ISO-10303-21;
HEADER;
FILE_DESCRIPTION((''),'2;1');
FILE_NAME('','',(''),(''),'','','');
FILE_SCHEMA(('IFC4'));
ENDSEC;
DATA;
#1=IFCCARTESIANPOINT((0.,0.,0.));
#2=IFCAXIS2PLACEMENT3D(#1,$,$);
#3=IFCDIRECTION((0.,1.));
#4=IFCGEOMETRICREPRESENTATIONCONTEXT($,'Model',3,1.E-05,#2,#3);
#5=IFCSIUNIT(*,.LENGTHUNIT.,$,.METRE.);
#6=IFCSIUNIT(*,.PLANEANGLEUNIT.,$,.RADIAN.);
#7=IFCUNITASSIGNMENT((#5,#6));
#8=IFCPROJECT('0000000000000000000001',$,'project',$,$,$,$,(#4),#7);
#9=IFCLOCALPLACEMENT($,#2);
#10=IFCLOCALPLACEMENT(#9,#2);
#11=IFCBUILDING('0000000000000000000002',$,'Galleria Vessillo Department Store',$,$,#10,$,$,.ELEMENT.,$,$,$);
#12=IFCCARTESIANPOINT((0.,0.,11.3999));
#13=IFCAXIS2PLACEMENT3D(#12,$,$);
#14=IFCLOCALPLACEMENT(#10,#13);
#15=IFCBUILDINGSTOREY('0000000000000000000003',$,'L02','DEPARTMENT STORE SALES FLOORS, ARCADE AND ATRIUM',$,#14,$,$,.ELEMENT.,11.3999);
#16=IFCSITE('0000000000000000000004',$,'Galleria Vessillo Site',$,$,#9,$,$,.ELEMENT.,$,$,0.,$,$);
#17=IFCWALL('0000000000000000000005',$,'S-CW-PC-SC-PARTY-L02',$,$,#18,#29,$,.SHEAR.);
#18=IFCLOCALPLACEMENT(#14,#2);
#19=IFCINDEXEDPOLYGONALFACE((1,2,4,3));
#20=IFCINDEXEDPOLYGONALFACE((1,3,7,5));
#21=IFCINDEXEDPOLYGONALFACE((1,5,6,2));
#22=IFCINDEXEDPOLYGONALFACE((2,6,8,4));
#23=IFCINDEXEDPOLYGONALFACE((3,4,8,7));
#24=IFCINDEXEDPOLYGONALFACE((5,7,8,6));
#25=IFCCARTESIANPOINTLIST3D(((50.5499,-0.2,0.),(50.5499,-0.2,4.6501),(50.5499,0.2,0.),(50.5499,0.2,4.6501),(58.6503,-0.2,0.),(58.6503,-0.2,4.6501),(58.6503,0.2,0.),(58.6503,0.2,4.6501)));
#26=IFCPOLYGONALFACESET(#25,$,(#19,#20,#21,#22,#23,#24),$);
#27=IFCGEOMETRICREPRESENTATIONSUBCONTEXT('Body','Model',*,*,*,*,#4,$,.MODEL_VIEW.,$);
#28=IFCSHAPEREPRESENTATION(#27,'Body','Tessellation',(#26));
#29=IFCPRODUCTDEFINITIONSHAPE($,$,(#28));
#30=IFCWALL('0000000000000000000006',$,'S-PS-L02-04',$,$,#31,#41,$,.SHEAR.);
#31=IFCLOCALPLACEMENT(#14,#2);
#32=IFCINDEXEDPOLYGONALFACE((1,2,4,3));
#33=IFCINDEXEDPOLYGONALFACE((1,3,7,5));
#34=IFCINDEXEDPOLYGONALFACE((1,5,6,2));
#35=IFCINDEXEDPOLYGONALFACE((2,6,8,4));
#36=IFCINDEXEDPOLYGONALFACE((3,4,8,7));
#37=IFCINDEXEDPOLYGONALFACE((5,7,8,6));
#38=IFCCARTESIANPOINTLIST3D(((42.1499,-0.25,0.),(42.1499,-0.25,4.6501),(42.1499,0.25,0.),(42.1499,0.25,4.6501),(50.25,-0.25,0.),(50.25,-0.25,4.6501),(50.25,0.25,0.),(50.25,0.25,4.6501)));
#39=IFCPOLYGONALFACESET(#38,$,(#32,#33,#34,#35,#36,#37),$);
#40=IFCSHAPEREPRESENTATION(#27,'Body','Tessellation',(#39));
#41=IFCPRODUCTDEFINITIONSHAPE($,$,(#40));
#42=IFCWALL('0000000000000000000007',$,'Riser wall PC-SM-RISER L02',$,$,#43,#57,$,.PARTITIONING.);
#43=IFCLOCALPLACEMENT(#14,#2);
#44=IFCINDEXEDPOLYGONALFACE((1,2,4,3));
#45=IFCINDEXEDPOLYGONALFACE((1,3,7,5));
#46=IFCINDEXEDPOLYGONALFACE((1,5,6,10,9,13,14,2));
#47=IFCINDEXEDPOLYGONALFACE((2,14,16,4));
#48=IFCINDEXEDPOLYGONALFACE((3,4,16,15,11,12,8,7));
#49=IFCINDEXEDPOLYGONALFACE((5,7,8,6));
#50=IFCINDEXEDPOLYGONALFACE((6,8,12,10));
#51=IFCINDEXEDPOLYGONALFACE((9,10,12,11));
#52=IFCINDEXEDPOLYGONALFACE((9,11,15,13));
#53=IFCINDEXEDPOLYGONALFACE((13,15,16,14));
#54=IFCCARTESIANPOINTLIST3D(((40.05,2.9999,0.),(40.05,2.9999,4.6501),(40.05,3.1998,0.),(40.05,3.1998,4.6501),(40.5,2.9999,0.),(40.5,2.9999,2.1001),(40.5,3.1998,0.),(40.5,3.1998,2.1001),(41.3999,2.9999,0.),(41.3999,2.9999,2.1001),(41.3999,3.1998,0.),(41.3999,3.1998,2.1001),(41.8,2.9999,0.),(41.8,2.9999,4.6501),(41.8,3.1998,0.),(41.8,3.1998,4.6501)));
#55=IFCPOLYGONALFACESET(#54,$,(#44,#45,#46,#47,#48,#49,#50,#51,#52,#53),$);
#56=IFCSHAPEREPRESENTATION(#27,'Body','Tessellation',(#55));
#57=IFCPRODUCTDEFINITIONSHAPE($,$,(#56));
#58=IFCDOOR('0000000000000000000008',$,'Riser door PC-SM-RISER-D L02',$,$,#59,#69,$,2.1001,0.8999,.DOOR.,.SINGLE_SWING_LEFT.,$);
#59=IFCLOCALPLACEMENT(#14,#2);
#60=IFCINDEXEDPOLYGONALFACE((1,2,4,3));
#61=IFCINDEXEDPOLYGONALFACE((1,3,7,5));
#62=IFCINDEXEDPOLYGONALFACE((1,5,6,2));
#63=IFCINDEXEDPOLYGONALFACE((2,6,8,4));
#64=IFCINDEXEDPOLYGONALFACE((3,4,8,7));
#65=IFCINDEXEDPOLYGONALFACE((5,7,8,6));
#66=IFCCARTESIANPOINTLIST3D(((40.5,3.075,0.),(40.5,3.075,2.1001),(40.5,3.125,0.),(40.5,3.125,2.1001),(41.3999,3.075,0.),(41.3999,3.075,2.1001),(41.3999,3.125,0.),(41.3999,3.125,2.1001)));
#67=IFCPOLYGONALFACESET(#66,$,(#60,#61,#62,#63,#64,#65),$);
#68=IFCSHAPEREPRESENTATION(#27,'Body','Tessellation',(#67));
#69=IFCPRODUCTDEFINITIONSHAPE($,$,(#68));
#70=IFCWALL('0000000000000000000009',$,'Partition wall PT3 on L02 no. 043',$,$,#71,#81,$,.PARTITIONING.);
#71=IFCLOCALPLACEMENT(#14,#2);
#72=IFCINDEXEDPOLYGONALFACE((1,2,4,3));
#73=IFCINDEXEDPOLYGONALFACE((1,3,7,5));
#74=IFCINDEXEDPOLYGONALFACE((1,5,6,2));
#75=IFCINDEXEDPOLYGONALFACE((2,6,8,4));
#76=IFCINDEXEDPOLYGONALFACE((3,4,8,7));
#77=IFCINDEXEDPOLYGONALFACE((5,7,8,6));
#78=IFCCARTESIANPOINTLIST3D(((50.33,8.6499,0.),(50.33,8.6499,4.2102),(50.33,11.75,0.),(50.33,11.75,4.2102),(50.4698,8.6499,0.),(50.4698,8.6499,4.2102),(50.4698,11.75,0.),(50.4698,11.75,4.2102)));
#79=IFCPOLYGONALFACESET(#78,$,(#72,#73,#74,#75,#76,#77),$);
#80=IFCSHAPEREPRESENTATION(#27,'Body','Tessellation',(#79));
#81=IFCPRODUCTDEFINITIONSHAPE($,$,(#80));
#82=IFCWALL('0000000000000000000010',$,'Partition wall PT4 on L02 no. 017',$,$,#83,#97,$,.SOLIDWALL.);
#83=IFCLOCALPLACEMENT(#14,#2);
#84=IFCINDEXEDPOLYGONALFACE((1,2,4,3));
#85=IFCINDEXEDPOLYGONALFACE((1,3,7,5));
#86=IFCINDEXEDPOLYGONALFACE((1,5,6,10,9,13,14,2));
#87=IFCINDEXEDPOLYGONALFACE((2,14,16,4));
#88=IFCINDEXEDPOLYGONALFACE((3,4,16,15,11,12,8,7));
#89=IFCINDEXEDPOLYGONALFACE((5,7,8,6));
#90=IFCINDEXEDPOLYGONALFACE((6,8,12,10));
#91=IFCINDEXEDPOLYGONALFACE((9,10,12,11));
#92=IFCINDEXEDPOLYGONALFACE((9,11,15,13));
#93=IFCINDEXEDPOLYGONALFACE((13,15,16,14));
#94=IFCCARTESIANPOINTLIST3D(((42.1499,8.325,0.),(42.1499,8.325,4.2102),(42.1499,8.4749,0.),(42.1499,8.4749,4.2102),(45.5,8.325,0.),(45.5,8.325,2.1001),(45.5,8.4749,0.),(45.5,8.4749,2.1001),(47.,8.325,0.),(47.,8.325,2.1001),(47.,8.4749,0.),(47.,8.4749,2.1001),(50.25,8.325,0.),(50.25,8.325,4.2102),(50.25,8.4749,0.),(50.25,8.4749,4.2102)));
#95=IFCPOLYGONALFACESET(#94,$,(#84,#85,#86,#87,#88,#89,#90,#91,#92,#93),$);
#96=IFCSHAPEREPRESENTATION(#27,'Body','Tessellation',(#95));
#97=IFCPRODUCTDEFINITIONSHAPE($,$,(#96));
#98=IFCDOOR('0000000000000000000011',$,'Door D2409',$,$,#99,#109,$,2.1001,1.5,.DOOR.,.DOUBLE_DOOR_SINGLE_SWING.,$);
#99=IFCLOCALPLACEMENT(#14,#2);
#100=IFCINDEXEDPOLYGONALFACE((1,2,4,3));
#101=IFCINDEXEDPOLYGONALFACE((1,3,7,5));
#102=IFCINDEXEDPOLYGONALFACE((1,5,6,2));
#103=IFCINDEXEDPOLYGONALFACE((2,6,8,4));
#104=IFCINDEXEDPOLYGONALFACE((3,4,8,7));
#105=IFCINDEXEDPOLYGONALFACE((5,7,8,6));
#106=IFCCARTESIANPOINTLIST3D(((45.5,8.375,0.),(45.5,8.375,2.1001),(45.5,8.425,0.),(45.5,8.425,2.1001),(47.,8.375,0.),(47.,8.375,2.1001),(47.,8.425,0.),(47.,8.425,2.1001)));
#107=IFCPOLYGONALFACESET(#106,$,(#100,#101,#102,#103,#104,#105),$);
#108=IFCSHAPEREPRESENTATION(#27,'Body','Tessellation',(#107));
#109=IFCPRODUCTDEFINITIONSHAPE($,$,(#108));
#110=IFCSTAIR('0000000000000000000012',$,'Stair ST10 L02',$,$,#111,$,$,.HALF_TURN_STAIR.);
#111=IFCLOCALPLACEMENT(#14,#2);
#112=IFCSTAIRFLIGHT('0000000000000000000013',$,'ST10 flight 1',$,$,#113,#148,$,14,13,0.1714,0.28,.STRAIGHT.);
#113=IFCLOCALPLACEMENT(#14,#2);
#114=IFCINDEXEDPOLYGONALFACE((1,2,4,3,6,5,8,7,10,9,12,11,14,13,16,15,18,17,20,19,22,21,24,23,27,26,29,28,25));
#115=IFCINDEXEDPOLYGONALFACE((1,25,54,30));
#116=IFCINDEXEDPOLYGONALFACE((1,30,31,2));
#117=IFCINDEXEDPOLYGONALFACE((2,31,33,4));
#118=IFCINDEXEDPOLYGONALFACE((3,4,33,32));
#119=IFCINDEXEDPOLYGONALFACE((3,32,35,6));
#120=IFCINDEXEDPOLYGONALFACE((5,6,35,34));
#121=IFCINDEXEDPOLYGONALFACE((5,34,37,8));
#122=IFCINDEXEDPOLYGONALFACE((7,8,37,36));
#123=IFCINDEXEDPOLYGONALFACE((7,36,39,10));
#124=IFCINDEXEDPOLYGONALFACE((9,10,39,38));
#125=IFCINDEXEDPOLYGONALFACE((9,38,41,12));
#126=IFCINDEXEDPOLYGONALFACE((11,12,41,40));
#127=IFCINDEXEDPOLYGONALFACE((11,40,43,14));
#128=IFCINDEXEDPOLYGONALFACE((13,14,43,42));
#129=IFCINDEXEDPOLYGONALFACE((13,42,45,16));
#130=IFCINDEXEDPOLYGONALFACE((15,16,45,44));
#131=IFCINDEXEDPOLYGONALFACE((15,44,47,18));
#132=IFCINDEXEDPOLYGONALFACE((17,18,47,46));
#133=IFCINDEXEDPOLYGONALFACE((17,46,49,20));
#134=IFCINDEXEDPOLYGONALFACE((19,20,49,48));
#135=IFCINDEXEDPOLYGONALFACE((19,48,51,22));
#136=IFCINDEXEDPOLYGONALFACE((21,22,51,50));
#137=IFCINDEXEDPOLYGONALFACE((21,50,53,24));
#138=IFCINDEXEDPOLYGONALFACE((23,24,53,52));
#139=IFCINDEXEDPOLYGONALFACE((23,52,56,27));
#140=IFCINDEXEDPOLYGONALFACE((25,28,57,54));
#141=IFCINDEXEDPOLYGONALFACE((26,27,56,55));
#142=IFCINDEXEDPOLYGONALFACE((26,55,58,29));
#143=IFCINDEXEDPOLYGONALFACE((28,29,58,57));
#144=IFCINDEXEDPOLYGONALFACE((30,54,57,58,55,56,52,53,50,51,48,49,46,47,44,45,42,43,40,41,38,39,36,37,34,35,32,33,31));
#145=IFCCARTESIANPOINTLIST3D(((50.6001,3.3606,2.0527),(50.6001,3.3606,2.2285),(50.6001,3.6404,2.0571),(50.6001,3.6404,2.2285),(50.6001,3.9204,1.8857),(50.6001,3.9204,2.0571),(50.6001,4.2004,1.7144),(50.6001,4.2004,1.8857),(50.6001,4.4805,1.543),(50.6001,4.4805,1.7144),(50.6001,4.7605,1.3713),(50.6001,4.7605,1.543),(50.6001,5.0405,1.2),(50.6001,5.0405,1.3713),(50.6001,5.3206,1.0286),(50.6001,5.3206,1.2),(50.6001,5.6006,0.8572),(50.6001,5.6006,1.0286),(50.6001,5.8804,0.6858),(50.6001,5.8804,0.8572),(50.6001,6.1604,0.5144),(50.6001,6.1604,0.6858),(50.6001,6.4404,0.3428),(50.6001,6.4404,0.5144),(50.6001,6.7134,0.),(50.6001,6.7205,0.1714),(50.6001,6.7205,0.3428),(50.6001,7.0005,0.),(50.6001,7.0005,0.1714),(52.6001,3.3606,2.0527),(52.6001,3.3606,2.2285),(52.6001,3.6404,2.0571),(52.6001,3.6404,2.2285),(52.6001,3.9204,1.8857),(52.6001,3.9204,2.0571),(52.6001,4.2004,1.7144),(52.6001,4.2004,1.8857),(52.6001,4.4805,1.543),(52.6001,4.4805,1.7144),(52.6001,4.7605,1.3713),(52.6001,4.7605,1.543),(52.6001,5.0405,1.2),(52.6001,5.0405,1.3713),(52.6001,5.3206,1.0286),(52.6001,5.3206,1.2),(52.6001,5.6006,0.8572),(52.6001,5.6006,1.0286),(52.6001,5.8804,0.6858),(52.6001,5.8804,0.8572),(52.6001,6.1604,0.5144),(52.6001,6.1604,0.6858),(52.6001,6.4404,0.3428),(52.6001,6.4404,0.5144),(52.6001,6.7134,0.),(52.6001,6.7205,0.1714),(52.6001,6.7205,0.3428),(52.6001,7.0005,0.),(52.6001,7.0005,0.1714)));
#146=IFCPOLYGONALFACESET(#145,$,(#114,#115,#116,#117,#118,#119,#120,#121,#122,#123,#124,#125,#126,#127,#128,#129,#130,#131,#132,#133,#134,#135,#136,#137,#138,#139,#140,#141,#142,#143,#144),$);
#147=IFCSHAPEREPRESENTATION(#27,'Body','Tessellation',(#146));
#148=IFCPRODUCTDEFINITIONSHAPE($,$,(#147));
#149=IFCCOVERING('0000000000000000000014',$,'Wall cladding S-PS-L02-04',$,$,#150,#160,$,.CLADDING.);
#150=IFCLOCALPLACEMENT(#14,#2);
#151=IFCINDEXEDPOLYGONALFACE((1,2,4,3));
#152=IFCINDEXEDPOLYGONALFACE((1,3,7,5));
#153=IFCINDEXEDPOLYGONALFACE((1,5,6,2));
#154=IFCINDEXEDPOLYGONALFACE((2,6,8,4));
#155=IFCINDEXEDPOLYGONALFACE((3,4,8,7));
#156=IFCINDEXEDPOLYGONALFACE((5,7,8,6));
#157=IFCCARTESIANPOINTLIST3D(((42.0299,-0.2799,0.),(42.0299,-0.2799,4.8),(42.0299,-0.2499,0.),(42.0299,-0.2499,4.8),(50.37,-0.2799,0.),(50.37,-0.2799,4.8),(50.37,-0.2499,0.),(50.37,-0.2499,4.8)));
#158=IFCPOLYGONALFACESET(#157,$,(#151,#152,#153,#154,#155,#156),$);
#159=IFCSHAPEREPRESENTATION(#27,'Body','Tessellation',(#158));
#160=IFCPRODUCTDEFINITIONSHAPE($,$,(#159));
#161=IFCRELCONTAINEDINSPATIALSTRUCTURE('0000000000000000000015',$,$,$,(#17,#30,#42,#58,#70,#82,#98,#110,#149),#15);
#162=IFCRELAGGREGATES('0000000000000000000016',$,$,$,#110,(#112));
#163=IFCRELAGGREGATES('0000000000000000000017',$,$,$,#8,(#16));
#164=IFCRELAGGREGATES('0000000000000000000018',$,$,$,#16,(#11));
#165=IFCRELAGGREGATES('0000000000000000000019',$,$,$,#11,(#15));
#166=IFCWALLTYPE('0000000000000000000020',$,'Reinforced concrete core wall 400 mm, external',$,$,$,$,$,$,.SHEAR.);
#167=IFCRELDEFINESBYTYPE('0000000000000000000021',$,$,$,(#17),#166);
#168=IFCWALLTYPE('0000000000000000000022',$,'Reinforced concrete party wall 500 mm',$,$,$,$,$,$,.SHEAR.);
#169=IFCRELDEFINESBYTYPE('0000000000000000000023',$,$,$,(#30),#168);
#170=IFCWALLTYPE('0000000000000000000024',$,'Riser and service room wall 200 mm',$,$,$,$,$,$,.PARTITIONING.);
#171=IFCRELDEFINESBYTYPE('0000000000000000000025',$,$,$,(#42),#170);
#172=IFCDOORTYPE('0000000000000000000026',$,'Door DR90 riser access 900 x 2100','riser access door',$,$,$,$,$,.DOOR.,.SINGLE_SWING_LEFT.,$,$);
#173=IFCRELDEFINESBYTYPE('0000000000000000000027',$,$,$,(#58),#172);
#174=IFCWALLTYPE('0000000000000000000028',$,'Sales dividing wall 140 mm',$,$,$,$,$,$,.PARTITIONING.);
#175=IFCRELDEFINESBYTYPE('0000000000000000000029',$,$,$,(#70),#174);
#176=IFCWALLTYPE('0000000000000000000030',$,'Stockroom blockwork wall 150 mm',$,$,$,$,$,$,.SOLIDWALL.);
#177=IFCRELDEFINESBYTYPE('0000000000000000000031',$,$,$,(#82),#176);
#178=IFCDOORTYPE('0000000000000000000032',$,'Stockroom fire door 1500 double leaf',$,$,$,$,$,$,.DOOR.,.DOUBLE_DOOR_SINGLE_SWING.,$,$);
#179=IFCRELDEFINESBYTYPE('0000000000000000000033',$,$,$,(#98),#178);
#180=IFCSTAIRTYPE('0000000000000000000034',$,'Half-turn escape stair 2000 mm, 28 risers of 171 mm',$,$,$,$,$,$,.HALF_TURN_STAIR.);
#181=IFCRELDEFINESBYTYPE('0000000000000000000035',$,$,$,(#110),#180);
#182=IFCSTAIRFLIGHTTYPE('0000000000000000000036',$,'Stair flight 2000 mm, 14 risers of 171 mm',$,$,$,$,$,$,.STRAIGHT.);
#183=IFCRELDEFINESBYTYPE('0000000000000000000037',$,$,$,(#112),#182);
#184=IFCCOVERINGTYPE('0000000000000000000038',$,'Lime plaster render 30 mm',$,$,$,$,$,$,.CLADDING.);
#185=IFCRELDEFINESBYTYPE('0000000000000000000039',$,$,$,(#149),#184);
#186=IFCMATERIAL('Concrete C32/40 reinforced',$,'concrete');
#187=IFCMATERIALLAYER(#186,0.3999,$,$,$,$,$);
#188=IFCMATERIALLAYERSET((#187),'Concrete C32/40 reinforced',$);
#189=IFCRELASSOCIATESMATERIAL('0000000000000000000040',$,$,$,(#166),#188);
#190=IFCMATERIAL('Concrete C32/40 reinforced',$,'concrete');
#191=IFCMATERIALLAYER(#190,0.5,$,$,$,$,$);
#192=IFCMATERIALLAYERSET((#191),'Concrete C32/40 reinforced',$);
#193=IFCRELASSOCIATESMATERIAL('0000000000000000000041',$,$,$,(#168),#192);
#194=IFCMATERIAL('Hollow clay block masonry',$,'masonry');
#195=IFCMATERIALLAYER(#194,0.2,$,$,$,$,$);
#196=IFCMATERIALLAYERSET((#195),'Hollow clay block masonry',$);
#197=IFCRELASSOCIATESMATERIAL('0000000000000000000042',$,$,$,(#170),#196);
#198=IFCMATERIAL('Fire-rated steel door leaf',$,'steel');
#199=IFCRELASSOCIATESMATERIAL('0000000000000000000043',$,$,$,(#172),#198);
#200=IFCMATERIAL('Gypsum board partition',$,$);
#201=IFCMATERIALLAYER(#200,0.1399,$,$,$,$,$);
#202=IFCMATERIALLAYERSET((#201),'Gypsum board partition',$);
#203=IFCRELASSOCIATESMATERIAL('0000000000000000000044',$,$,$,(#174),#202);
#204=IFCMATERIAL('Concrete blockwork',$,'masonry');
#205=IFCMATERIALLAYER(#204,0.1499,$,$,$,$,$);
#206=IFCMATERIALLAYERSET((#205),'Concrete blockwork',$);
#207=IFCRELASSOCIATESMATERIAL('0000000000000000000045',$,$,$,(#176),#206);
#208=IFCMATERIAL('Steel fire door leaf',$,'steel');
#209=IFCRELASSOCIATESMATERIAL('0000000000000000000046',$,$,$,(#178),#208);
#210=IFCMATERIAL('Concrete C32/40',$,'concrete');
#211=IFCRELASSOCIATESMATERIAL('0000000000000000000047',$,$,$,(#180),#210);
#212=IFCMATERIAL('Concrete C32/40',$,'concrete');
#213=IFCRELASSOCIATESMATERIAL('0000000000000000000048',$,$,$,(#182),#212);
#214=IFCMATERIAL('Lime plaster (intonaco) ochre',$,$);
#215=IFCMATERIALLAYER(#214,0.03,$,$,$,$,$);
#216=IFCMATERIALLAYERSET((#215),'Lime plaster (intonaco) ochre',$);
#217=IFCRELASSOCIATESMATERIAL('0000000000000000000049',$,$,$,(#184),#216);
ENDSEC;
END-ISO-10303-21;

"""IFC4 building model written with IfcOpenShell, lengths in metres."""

from ifc_helpers import new_model, si_unit, direction, frame, frame_2d, origin, origin_2d, place, context, subcontext, project, spatial, polyline, rectangle, outline, extrude, material, layer, layer_set, type_object, element, fill, aggregate, save


model = new_model("IFC4")

# Units and contexts
model_context = context("Model", 3, precision=1e-05, world=origin(), true_north=direction((0.0, 1.0)))
body_context = subcontext(model_context, "Body", "Model", "MODEL_VIEW")
ifc_project = project(units=[si_unit("LENGTHUNIT", "METRE"), si_unit("PLANEANGLEUNIT", "RADIAN")], contexts=[model_context])

# Site, building, storey
site_placement = place(None, origin())
site = spatial("IfcSite", under=ifc_project, at=site_placement, Name="Galleria Vessillo Site", CompositionType="ELEMENT", RefElevation=0.0)
building_placement = place(site_placement, origin())
building = spatial("IfcBuilding", under=site, at=building_placement, Name="Galleria Vessillo Department Store", CompositionType="ELEMENT")
storey_placement = place(building_placement, frame((0.0, 0.0, 11.3999)))
storey = spatial("IfcBuildingStorey", under=building, at=storey_placement, Name="L02", Description="DEPARTMENT STORE SALES FLOORS, ARCADE AND ATRIUM", CompositionType="ELEMENT", Elevation=11.3999)

# Walls
ifc_material_1 = material(Name="Concrete C32/40 reinforced", Category="concrete")
ifc_layer_1 = layer(ifc_material_1, 0.3999)
ifc_layer_set_1 = layer_set([ifc_layer_1], Name="Concrete C32/40 reinforced")
wall_type_1 = type_object("IfcWallType", Name="Reinforced concrete core wall 400 mm, external", PredefinedType="SHEAR", material=ifc_layer_set_1)
wall_1_placement = place(storey_placement, frame((50.5498, 0.0, 0.0), z_axis=(0.0, 0.0, 1.0), x_axis=(1.0, 0.0, 0.0)))
element("IfcWall", 1, at=wall_1_placement, inside=storey, type_object=wall_type_1, Name="S-CW-PC-SC-PARTY-L02", PredefinedType="SHEAR", context=body_context, shape_type="SweptSolid", body=[
    extrude(rectangle(XDim=8.1003, YDim=0.3999, at=frame_2d((4.0503, 0.0))), origin(), (0.0, 0.0, 1.0), 4.6501),
])
ifc_material_2 = material(Name="Concrete C32/40 reinforced", Category="concrete")
ifc_layer_2 = layer(ifc_material_2, 0.5)
ifc_layer_set_2 = layer_set([ifc_layer_2], Name="Concrete C32/40 reinforced")
wall_type_2 = type_object("IfcWallType", Name="Reinforced concrete party wall 500 mm", PredefinedType="SHEAR", material=ifc_layer_set_2)
wall_2_placement = place(storey_placement, frame((42.1499, 0.0, 0.0), z_axis=(0.0, 0.0, 1.0), x_axis=(1.0, 0.0, 0.0)))
element("IfcWall", 2, at=wall_2_placement, inside=storey, type_object=wall_type_2, Name="S-PS-L02-04", PredefinedType="SHEAR", context=body_context, shape_type="SweptSolid", body=[
    extrude(rectangle(XDim=8.1001, YDim=0.5, at=frame_2d((4.05, 0.0))), origin(), (0.0, 0.0, 1.0), 4.6501),
])

# Wall, opening, door
ifc_material_3 = material(Name="Hollow clay block masonry", Category="masonry")
ifc_layer_3 = layer(ifc_material_3, 0.2)
ifc_layer_set_3 = layer_set([ifc_layer_3], Name="Hollow clay block masonry")
wall_type_3 = type_object("IfcWallType", Name="Riser and service room wall 200 mm", PredefinedType="PARTITIONING", material=ifc_layer_set_3)
wall_3_placement = place(storey_placement, frame((40.05, 3.0999, 0.0), z_axis=(0.0, 0.0, 1.0), x_axis=(1.0, 0.0, 0.0)))
wall_3 = element("IfcWall", 3, at=wall_3_placement, inside=storey, type_object=wall_type_3, Name="Riser wall PC-SM-RISER L02", PredefinedType="PARTITIONING", context=body_context, shape_type="SweptSolid", body=[
    extrude(rectangle(XDim=1.75, YDim=0.2, at=frame_2d((0.875, 0.0))), origin(), (0.0, 0.0, 1.0), 4.6501),
])
opening_1_placement = place(wall_3_placement, frame((0.45, 0.0, 0.0)))
opening_1 = element("IfcOpeningElement", 4, at=opening_1_placement, cuts=wall_3, PredefinedType="OPENING", context=body_context, shape_type="SweptSolid", body=[
    extrude(rectangle(XDim=0.8999, YDim=2.1001, at=frame_2d((0.45, 1.05))), frame((0.0, 0.1099, 0.0), z_axis=(0.0, -1.0, 0.0), x_axis=(1.0, 0.0, 0.0)), (0.0, 0.0, 1.0), 0.22),
])
ifc_material_4 = material(Name="Fire-rated steel door leaf", Category="steel")
door_type_1 = type_object("IfcDoorType", Name="Door DR90 riser access 900 x 2100", Description="riser access door", OperationType="SINGLE_SWING_LEFT", PredefinedType="DOOR", material=ifc_material_4)
door_1_placement = place(opening_1_placement, frame((0.8999, 0.0, 0.0), z_axis=(0.0, 0.0, 1.0), x_axis=(-1.0, 0.0, 0.0)))
door_1 = element("IfcDoor", 5, at=door_1_placement, inside=storey, type_object=door_type_1, Name="Riser door PC-SM-RISER-D L02", OperationType="SINGLE_SWING_LEFT", OverallHeight=2.1001, OverallWidth=0.8999, PredefinedType="DOOR", context=body_context, shape_type="SweptSolid", body=[
    extrude(rectangle(XDim=0.8999, YDim=2.1001, at=frame_2d((0.45, 1.05))), frame((0.0, 0.0249, 0.0), z_axis=(0.0, -1.0, 0.0), x_axis=(1.0, 0.0, 0.0)), (0.0, 0.0, 1.0), 0.05),
])
fill(opening_1, door_1)

# Wall
ifc_material_5 = material(Name="Gypsum board partition")
ifc_layer_4 = layer(ifc_material_5, 0.1399)
ifc_layer_set_4 = layer_set([ifc_layer_4], Name="Gypsum board partition")
wall_type_4 = type_object("IfcWallType", Name="Sales dividing wall 140 mm", PredefinedType="PARTITIONING", material=ifc_layer_set_4)
wall_4_placement = place(storey_placement, frame((50.3999, 8.6499, 0.0), z_axis=(0.0, 0.0, 1.0), x_axis=(0.0, 1.0, 0.0)))
element("IfcWall", 6, at=wall_4_placement, inside=storey, type_object=wall_type_4, Name="Partition wall PT3 on L02 no. 043", PredefinedType="PARTITIONING", context=body_context, shape_type="SweptSolid", body=[
    extrude(rectangle(XDim=3.1001, YDim=0.1399, at=frame_2d((1.55, 0.0))), origin(), (0.0, 0.0, 1.0), 4.2102),
])

# Wall, opening, door
ifc_material_6 = material(Name="Concrete blockwork", Category="masonry")
ifc_layer_5 = layer(ifc_material_6, 0.1499)
ifc_layer_set_5 = layer_set([ifc_layer_5], Name="Concrete blockwork")
wall_type_5 = type_object("IfcWallType", Name="Stockroom blockwork wall 150 mm", PredefinedType="SOLIDWALL", material=ifc_layer_set_5)
wall_5_placement = place(storey_placement, frame((42.1499, 8.3999, 0.0), z_axis=(0.0, 0.0, 1.0), x_axis=(1.0, 0.0, 0.0)))
wall_5 = element("IfcWall", 7, at=wall_5_placement, inside=storey, type_object=wall_type_5, Name="Partition wall PT4 on L02 no. 017", PredefinedType="SOLIDWALL", context=body_context, shape_type="SweptSolid", body=[
    extrude(rectangle(XDim=8.1001, YDim=0.1499, at=frame_2d((4.05, 0.0))), origin(), (0.0, 0.0, 1.0), 4.2102),
])
opening_2_placement = place(wall_5_placement, frame((3.3501, 0.0, 0.0)))
opening_2 = element("IfcOpeningElement", 8, at=opening_2_placement, cuts=wall_5, PredefinedType="OPENING", context=body_context, shape_type="SweptSolid", body=[
    extrude(rectangle(XDim=1.5, YDim=2.1001, at=frame_2d((0.75, 1.05))), frame((0.0, 0.085, 0.0), z_axis=(0.0, -1.0, 0.0), x_axis=(1.0, 0.0, 0.0)), (0.0, 0.0, 1.0), 0.1699),
])
ifc_material_7 = material(Name="Steel fire door leaf", Category="steel")
door_type_2 = type_object("IfcDoorType", Name="Stockroom fire door 1500 double leaf", OperationType="DOUBLE_DOOR_SINGLE_SWING", PredefinedType="DOOR", material=ifc_material_7)
door_2_placement = place(opening_2_placement, frame((1.5, 0.0, 0.0), z_axis=(0.0, 0.0, 1.0), x_axis=(-1.0, 0.0, 0.0)))
door_2 = element("IfcDoor", 9, at=door_2_placement, inside=storey, type_object=door_type_2, Name="Door D2409", OperationType="DOUBLE_DOOR_SINGLE_SWING", OverallHeight=2.1001, OverallWidth=1.5, PredefinedType="DOOR", context=body_context, shape_type="SweptSolid", body=[
    extrude(rectangle(XDim=1.5, YDim=2.1001, at=frame_2d((0.75, 1.05))), frame((0.0, 0.0249, 0.0), z_axis=(0.0, -1.0, 0.0), x_axis=(1.0, 0.0, 0.0)), (0.0, 0.0, 1.0), 0.05),
])
fill(opening_2, door_2)

# Stair, stair flight
ifc_material_8 = material(Name="Concrete C32/40", Category="concrete")
stair_type = type_object("IfcStairType", Name="Half-turn escape stair 2000 mm, 28 risers of 171 mm", PredefinedType="HALF_TURN_STAIR", material=ifc_material_8)
stair_placement = place(storey_placement, origin())
stair = element("IfcStair", 10, at=stair_placement, inside=storey, type_object=stair_type, Name="Stair ST10 L02", PredefinedType="HALF_TURN_STAIR")
ifc_material_9 = material(Name="Concrete C32/40", Category="concrete")
stair_flight_type = type_object("IfcStairFlightType", Name="Stair flight 2000 mm, 14 risers of 171 mm", PredefinedType="STRAIGHT", material=ifc_material_9)
stair_flight_placement = place(storey_placement, frame((51.6001, 7.0005, 0.0), z_axis=(0.0, 0.0, 1.0), x_axis=(0.0, -1.0, 0.0)))
stair_flight = element("IfcStairFlight", 11, at=stair_flight_placement, type_object=stair_flight_type, Name="ST10 flight 1", NumberOfRisers=14, NumberOfTreads=13, PredefinedType="STRAIGHT", RiserHeight=0.1714, TreadLength=0.28, context=body_context, shape_type="SweptSolid", body=[
    extrude(outline(polyline([(0.0, 0.0), (0.0, 0.1714), (0.28, 0.1714), (0.28, 0.3428), (0.5601, 0.3428), (0.5601, 0.5144), (0.8401, 0.5144), (0.8401, 0.6858), (1.1201, 0.6858), (1.1201, 0.8572), (1.3999, 0.8572), (1.3999, 1.0286), (1.6799, 1.0286), (1.6799, 1.2), (1.96, 1.2), (1.96, 1.3713), (2.24, 1.3713), (2.24, 1.543), (2.52, 1.543), (2.52, 1.7144), (2.8, 1.7144), (2.8, 1.8857), (3.0801, 1.8857), (3.0801, 2.0571), (3.3601, 2.0571), (3.3601, 2.2285), (3.6399, 2.2285), (3.6399, 2.3999), (3.6399, 2.0527), (0.2871, 0.0), (0.0, 0.0)])), frame((0.0, 1.0, 0.0), z_axis=(0.0, -1.0, 0.0), x_axis=(1.0, 0.0, 0.0)), (0.0, 0.0, 1.0), 2.0),
])
aggregate(stair, [stair_flight])

# Covering
ifc_material_10 = material(Name="Lime plaster (intonaco) ochre")
ifc_layer_6 = layer(ifc_material_10, 0.03)
ifc_layer_set_6 = layer_set([ifc_layer_6], Name="Lime plaster (intonaco) ochre")
covering_type = type_object("IfcCoveringType", Name="Lime plaster render 30 mm", PredefinedType="CLADDING", material=ifc_layer_set_6)
covering_placement = place(storey_placement, frame((46.2, -0.2649, 0.0), z_axis=(0.0, 0.0, 1.0), x_axis=(1.0, 0.0, 0.0)))
element("IfcCovering", 12, at=covering_placement, inside=storey, type_object=covering_type, Name="Wall cladding S-PS-L02-04", PredefinedType="CLADDING", context=body_context, shape_type="SweptSolid", body=[
    extrude(rectangle(XDim=8.3401, YDim=0.03, at=origin_2d()), origin(), (0.0, 0.0, 1.0), 4.8),
])

save(model, "model.ifc")
